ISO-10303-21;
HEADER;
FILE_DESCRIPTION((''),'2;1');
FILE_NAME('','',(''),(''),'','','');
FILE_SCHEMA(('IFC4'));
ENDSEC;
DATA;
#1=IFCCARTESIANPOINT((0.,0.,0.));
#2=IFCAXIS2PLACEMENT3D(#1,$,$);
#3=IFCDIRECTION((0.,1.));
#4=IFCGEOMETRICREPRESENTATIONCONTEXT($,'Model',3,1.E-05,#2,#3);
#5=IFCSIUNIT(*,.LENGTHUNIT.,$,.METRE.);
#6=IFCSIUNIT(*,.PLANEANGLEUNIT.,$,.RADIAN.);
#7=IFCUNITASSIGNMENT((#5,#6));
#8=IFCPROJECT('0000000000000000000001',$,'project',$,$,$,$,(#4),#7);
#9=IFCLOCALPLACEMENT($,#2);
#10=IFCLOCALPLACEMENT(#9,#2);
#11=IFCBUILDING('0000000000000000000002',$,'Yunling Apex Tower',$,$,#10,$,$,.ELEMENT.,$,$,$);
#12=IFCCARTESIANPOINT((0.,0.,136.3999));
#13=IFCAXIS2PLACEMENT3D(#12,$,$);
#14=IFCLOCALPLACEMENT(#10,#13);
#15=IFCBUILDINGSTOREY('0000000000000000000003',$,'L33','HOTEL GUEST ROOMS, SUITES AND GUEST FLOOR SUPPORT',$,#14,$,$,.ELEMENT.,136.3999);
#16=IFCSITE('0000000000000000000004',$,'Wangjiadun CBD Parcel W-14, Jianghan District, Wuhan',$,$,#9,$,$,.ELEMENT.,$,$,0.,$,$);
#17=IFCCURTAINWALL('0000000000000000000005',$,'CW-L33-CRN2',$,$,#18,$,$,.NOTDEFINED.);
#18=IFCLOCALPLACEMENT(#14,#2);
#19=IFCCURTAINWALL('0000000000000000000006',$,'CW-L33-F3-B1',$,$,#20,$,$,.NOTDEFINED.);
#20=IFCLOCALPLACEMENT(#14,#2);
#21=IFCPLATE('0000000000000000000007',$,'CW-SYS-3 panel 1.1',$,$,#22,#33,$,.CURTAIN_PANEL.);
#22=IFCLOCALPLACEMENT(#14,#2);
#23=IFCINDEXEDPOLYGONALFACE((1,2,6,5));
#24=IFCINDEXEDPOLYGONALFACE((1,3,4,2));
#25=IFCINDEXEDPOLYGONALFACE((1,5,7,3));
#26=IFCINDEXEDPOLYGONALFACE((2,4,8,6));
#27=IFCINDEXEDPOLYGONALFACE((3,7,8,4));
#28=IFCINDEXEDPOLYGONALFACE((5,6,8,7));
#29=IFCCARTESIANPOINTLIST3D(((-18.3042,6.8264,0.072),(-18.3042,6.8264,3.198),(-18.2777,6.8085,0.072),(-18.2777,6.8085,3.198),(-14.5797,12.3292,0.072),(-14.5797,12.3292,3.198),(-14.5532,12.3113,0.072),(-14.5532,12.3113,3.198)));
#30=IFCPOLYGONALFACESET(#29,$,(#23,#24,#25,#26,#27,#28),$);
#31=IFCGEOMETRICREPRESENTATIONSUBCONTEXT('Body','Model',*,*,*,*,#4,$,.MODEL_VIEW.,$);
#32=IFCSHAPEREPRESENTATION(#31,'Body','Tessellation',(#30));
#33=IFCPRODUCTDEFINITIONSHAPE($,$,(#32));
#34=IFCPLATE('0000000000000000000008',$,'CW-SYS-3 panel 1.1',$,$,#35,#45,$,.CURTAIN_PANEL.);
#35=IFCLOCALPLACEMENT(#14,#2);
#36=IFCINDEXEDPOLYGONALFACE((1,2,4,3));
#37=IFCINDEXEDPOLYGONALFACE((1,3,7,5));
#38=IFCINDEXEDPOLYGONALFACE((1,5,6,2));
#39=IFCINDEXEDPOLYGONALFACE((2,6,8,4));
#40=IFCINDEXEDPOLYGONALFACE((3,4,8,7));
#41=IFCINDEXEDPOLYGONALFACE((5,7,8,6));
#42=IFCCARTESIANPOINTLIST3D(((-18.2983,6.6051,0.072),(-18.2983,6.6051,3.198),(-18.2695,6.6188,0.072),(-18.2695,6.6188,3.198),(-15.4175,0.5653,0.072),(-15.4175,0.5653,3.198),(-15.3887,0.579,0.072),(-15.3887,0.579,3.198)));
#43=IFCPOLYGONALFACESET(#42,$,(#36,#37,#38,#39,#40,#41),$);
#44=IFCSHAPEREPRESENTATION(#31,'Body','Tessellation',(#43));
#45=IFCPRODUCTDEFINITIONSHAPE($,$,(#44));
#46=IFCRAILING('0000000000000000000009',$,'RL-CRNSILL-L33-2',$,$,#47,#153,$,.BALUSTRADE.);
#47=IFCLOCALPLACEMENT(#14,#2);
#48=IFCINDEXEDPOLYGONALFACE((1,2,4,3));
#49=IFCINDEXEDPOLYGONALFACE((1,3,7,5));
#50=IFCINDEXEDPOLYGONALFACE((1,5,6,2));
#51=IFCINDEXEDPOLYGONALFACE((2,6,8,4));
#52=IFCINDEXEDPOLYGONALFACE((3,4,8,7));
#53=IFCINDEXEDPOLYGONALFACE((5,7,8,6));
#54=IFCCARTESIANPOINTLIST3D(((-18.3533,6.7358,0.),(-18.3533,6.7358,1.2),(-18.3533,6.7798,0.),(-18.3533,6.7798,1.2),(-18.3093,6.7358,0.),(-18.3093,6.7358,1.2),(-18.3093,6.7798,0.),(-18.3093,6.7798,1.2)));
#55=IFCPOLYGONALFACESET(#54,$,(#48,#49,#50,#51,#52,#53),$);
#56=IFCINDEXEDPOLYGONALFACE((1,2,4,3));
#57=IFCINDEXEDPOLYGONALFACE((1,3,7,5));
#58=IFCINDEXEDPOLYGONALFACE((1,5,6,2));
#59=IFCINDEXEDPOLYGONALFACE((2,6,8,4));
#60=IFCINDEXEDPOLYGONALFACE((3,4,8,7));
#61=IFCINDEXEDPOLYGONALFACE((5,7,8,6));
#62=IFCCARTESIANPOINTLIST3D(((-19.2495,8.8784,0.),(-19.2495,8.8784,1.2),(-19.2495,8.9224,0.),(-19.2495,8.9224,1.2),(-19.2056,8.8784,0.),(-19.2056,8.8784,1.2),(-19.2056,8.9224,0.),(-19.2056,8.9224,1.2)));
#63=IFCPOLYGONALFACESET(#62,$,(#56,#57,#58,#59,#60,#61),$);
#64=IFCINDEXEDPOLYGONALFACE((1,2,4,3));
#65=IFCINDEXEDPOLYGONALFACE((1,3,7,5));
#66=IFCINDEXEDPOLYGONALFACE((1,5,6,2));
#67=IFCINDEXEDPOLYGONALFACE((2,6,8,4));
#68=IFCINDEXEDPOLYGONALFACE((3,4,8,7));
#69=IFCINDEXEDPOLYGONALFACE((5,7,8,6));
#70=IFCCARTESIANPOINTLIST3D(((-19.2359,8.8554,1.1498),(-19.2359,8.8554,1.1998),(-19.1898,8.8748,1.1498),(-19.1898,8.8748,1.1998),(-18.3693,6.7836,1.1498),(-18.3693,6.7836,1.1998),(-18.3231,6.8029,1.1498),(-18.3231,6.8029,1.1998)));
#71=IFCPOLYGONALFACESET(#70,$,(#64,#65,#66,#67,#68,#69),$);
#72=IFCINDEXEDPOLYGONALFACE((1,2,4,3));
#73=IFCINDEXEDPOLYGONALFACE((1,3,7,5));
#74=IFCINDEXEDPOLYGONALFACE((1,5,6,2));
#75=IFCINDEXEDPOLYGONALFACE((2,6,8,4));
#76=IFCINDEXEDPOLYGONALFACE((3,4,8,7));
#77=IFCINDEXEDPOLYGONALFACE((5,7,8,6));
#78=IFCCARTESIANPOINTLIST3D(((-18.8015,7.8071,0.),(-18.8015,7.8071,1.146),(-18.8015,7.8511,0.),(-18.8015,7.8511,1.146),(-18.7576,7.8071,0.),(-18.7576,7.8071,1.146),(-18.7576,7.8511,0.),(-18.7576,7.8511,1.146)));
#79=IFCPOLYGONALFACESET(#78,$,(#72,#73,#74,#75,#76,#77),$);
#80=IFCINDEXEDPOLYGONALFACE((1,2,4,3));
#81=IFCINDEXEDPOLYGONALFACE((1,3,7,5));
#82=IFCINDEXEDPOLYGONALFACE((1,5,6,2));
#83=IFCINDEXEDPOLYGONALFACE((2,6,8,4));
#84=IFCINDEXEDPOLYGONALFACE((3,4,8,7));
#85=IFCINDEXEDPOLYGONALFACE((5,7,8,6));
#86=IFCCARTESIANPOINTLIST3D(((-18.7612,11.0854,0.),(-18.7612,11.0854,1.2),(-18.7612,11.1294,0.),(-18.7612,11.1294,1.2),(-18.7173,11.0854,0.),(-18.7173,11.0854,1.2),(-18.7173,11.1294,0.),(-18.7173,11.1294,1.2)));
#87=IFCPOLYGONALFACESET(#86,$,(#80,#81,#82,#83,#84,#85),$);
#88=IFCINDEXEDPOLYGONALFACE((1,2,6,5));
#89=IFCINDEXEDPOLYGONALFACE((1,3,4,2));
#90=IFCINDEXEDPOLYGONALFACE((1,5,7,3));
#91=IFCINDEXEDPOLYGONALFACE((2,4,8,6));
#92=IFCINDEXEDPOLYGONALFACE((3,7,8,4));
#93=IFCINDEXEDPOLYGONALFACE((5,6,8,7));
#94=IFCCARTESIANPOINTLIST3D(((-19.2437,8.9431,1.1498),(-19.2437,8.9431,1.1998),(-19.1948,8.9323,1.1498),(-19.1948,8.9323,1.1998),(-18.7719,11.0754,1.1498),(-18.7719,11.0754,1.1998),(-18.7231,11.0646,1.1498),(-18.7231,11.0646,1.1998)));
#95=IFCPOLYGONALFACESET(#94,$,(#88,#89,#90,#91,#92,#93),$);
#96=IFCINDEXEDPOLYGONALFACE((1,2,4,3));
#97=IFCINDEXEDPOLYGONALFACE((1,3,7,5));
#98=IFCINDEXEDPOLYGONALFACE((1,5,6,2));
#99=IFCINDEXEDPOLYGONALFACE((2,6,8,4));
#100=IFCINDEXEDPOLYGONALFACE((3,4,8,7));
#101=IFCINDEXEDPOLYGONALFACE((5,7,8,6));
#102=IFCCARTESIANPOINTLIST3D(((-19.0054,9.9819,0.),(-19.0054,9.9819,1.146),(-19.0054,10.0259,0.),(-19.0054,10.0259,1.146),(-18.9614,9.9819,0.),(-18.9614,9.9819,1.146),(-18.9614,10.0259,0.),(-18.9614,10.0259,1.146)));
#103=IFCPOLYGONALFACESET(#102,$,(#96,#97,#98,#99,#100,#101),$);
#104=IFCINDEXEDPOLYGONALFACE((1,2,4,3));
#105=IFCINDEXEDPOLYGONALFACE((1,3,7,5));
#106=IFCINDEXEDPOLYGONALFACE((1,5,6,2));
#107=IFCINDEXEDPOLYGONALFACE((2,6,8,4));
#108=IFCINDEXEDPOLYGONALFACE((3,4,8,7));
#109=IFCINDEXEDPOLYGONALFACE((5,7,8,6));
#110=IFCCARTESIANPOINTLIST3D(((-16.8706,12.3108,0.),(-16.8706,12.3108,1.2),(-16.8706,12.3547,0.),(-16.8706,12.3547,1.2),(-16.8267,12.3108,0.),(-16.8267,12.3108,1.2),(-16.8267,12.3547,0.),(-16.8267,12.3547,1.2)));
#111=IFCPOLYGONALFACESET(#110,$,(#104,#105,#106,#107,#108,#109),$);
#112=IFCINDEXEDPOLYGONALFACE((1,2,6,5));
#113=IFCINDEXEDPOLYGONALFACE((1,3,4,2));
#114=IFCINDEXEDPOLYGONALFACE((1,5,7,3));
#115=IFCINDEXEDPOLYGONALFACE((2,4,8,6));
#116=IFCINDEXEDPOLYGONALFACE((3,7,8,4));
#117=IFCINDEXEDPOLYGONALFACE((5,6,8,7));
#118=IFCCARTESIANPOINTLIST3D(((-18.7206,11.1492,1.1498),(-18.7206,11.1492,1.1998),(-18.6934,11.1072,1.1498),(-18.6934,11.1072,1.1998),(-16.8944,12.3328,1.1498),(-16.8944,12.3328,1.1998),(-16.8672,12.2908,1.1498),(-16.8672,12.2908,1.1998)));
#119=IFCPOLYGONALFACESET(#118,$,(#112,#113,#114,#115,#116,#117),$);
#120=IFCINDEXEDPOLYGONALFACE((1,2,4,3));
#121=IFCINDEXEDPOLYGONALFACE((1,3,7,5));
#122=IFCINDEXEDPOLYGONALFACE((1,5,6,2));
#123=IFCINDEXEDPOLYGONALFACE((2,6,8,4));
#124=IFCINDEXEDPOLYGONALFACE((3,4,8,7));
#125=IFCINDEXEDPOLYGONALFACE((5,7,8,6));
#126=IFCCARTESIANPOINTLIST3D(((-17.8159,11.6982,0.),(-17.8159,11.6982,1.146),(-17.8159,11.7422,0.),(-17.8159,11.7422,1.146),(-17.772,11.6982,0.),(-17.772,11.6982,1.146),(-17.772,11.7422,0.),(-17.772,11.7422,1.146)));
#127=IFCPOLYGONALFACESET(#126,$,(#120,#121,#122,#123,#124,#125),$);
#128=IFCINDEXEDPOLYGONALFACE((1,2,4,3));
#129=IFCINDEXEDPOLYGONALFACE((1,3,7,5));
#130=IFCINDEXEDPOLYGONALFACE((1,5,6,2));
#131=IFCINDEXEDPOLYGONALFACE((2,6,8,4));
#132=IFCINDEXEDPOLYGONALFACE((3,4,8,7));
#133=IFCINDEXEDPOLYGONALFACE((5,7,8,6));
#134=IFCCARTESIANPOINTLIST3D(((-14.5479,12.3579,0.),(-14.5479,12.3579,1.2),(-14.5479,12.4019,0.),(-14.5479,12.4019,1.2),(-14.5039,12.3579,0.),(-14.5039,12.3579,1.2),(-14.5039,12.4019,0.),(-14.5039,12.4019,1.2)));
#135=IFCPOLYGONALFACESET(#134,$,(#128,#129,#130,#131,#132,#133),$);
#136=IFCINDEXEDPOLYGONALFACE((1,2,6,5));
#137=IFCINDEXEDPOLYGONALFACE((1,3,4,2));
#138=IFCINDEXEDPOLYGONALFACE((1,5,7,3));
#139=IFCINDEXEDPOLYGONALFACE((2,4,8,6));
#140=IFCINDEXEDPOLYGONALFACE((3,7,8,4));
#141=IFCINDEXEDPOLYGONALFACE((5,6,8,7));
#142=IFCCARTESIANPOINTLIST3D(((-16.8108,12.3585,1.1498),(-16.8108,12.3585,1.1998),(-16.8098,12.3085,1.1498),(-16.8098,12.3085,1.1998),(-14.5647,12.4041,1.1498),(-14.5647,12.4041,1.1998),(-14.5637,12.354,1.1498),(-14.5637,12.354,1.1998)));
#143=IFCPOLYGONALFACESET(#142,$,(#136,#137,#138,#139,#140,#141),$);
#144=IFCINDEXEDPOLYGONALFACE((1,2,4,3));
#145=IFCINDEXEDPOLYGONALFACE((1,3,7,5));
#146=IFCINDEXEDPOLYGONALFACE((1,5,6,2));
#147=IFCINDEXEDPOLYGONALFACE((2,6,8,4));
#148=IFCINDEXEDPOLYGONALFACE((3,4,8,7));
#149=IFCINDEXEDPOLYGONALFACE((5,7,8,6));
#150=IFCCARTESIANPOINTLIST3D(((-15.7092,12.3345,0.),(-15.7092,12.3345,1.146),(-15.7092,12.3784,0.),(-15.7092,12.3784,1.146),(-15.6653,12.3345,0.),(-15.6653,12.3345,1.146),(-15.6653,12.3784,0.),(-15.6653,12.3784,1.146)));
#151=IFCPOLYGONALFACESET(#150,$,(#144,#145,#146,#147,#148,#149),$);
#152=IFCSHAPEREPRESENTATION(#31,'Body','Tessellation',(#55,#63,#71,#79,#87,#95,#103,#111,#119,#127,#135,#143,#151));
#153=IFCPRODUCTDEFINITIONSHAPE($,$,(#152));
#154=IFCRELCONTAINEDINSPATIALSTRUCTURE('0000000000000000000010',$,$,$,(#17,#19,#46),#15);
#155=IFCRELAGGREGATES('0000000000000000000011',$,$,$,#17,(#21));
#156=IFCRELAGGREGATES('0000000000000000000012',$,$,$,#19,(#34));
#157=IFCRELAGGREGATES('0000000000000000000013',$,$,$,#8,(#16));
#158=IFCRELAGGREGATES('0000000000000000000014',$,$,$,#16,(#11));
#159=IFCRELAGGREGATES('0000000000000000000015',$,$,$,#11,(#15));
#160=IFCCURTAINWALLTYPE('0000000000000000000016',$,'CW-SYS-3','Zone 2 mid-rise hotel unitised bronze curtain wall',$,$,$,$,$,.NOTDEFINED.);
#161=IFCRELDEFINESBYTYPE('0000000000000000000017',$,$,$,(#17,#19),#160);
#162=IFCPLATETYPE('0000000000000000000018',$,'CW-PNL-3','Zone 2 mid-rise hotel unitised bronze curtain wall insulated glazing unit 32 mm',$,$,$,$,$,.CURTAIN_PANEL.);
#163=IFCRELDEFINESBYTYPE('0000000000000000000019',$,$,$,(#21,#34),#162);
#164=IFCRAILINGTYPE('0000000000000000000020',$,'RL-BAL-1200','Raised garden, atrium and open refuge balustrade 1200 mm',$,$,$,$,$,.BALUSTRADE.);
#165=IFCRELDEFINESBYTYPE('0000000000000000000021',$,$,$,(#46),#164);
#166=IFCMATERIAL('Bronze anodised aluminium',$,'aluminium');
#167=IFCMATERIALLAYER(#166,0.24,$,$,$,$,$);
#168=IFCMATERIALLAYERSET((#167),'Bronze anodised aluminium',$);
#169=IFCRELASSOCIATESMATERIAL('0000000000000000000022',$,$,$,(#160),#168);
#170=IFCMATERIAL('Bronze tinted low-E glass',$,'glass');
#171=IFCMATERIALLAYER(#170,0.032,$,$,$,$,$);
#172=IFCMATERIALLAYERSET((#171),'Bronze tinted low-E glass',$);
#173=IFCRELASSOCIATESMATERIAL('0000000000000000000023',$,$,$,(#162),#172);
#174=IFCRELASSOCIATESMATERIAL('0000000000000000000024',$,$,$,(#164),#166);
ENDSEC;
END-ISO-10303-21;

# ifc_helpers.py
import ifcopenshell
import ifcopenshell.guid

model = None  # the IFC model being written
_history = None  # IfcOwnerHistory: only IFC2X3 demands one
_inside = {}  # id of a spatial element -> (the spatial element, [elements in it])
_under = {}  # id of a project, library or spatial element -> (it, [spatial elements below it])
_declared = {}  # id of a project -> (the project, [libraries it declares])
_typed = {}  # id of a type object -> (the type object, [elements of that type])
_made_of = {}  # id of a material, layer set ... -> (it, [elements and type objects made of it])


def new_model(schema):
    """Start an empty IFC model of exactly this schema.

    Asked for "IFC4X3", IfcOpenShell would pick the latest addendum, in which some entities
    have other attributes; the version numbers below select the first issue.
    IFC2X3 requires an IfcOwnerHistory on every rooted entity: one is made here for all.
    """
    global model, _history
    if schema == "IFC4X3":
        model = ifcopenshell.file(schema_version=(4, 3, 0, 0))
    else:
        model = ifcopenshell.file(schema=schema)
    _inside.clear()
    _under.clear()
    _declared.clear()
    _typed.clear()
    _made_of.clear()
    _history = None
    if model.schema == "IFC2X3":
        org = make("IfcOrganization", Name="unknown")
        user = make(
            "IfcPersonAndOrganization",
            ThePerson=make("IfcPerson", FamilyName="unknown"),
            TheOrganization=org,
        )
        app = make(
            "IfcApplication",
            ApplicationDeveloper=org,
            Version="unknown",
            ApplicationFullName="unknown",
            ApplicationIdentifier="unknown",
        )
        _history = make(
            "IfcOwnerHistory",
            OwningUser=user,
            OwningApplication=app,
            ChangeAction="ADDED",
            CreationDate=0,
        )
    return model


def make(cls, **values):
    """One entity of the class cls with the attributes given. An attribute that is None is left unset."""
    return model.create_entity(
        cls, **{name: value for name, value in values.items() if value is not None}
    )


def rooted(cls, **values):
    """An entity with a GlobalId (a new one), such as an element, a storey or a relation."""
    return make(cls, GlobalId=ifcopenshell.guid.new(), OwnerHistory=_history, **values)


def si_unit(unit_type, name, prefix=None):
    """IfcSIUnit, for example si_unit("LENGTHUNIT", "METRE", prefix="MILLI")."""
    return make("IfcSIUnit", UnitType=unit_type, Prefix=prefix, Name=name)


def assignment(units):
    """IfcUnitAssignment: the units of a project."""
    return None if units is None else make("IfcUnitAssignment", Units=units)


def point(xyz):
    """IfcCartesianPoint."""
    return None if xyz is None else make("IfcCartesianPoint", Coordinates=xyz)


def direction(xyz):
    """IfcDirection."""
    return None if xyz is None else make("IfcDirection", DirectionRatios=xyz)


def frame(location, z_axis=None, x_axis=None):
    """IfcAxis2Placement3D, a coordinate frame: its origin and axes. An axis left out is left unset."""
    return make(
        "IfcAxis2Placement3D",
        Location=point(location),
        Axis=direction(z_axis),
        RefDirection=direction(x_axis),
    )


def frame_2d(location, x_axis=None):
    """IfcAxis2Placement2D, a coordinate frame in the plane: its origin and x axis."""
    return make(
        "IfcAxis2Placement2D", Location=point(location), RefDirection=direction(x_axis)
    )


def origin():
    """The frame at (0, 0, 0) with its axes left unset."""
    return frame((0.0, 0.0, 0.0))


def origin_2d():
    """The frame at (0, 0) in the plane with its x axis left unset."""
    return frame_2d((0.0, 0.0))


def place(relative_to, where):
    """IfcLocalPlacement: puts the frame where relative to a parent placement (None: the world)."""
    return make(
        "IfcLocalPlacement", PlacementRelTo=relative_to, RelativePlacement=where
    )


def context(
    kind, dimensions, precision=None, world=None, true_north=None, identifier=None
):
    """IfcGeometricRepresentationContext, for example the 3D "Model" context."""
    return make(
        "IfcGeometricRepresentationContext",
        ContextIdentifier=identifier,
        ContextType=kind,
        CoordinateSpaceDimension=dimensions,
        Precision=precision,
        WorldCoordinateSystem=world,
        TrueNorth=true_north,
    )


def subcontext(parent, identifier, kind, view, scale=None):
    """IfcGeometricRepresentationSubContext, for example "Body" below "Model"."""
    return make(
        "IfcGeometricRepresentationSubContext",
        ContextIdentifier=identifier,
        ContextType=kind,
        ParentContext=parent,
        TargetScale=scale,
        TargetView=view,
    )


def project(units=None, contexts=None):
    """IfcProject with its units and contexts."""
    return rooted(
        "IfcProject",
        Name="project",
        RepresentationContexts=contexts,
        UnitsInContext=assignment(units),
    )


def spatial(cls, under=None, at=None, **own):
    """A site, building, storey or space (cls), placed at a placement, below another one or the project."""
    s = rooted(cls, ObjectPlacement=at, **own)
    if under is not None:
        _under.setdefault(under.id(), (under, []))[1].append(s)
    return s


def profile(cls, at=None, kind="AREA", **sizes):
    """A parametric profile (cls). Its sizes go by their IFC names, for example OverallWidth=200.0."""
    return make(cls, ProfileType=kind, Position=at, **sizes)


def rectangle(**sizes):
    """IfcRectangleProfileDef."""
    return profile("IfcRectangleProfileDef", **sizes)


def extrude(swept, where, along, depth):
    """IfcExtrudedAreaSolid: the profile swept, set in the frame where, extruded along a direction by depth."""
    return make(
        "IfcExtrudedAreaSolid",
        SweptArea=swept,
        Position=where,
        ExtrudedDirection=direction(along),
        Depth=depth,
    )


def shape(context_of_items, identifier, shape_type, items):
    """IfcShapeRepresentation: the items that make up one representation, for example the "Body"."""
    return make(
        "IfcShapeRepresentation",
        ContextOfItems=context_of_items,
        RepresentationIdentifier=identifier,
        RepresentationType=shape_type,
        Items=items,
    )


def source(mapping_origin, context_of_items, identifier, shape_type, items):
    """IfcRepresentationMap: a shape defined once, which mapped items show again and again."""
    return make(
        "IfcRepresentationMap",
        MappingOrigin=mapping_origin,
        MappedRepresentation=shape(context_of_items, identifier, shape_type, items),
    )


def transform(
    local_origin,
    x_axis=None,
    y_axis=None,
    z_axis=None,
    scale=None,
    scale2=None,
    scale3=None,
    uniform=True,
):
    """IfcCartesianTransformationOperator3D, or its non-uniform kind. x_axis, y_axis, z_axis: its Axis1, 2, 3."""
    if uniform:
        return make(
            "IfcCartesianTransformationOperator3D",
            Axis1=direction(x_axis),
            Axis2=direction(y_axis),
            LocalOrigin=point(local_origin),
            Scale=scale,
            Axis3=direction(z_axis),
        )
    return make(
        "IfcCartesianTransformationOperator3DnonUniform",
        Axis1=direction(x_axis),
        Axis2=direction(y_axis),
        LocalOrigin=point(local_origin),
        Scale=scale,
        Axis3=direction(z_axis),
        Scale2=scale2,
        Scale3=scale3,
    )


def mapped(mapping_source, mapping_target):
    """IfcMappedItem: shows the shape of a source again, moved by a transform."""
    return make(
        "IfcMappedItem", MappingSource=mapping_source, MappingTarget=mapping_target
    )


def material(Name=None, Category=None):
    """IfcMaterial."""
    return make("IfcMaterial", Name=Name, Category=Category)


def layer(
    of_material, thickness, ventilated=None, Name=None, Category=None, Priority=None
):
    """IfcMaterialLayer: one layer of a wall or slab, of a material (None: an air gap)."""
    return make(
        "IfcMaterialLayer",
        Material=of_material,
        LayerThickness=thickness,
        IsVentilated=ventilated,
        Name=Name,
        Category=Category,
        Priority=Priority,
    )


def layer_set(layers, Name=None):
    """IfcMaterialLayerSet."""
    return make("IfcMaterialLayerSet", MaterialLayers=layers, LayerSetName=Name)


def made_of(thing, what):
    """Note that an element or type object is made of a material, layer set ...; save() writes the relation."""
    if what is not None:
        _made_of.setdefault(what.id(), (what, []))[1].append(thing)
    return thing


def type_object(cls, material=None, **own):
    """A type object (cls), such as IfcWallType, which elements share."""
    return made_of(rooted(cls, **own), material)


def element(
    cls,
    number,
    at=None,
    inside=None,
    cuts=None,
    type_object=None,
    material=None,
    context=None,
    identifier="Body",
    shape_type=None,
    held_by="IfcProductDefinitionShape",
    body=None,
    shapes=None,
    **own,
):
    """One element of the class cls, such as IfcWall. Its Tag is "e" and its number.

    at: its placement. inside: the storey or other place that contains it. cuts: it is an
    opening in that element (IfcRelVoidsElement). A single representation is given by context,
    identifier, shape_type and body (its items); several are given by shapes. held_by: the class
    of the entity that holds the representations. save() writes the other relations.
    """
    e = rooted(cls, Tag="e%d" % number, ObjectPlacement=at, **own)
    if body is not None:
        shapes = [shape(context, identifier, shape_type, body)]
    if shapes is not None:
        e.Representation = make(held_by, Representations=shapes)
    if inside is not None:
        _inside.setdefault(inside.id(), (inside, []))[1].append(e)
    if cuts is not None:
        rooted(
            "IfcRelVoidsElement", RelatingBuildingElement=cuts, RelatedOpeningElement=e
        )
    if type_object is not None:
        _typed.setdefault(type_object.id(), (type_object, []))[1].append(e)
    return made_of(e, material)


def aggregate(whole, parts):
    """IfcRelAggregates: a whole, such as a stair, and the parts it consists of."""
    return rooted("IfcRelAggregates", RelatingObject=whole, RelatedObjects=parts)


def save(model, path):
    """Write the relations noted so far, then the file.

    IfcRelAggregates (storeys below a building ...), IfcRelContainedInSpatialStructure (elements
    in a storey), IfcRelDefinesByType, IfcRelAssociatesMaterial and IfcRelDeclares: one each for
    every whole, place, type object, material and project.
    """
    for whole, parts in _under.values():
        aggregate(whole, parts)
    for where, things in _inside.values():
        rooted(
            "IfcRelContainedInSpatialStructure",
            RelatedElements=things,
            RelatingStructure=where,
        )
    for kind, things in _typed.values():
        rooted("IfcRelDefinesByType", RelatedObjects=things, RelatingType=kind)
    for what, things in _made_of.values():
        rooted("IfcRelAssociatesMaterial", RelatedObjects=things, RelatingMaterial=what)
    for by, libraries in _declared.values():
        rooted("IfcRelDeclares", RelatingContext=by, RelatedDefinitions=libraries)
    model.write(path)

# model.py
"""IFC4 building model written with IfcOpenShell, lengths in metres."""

from ifc_helpers import new_model, si_unit, direction, frame, origin, origin_2d, place, context, subcontext, project, spatial, rectangle, extrude, source, transform, mapped, material, layer, layer_set, type_object, element, aggregate, save


model = new_model("IFC4")

# Units and contexts
model_context = context("Model", 3, precision=1e-05, world=origin(), true_north=direction((0.0, 1.0)))
body_context = subcontext(model_context, "Body", "Model", "MODEL_VIEW")
ifc_project = project(units=[si_unit("LENGTHUNIT", "METRE"), si_unit("PLANEANGLEUNIT", "RADIAN")], contexts=[model_context])

# Site, building, storey
site_placement = place(None, origin())
site = spatial("IfcSite", under=ifc_project, at=site_placement, Name="Wangjiadun CBD Parcel W-14, Jianghan District, Wuhan", CompositionType="ELEMENT", RefElevation=0.0)
building_placement = place(site_placement, origin())
building = spatial("IfcBuilding", under=site, at=building_placement, Name="Yunling Apex Tower", CompositionType="ELEMENT")
storey_placement = place(building_placement, frame((0.0, 0.0, 136.3999)))
storey = spatial("IfcBuildingStorey", under=building, at=storey_placement, Name="L33", Description="HOTEL GUEST ROOMS, SUITES AND GUEST FLOOR SUPPORT", CompositionType="ELEMENT", Elevation=136.3999)

# Curtain walls
ifc_material_1 = material(Name="Bronze anodised aluminium", Category="aluminium")
ifc_layer_1 = layer(ifc_material_1, 0.24)
ifc_layer_set_1 = layer_set([ifc_layer_1], Name="Bronze anodised aluminium")
curtain_wall_type = type_object("IfcCurtainWallType", Name="CW-SYS-3", Description="Zone 2 mid-rise hotel unitised bronze curtain wall", PredefinedType="NOTDEFINED", material=ifc_layer_set_1)
curtain_wall_1_placement = place(storey_placement, origin())
curtain_wall_1 = element("IfcCurtainWall", 1, at=curtain_wall_1_placement, inside=storey, type_object=curtain_wall_type, Name="CW-L33-CRN2", PredefinedType="NOTDEFINED")
curtain_wall_2_placement = place(storey_placement, origin())
curtain_wall_2 = element("IfcCurtainWall", 2, at=curtain_wall_2_placement, inside=storey, type_object=curtain_wall_type, Name="CW-L33-F3-B1", PredefinedType="NOTDEFINED")

# Plates
ifc_material_2 = material(Name="Bronze tinted low-E glass", Category="glass")
ifc_layer_2 = layer(ifc_material_2, 0.032)
ifc_layer_set_2 = layer_set([ifc_layer_2], Name="Bronze tinted low-E glass")
plate_type = type_object("IfcPlateType", Name="CW-PNL-3", Description="Zone 2 mid-rise hotel unitised bronze curtain wall insulated glazing unit 32 mm", PredefinedType="CURTAIN_PANEL", material=ifc_layer_set_2)
shared_shape_1 = source(origin(), body_context, "Body", "SweptSolid", [
    extrude(rectangle(XDim=6.6448, YDim=0.032, at=origin_2d()), origin(), (0.0, 0.0, 1.0), 3.126),
])
plate_1_placement = place(storey_placement, frame((-16.4287, 9.5688, 0.072), z_axis=(0.0, 0.0, 1.0), x_axis=(-0.560523, -0.828139, 0.0)))
plate_1 = element("IfcPlate", 3, at=plate_1_placement, type_object=plate_type, Name="CW-SYS-3 panel 1.1", PredefinedType="CURTAIN_PANEL", context=body_context, shape_type="MappedRepresentation", body=[
    mapped(shared_shape_1, transform((0.0, 0.0, 0.0), scale=1.0)),
])
aggregate(curtain_wall_1, [plate_1])
shared_shape_2 = source(origin(), body_context, "Body", "SweptSolid", [
    extrude(rectangle(XDim=6.6917, YDim=0.032, at=origin_2d()), origin(), (0.0, 0.0, 1.0), 3.126),
])
plate_2_placement = place(storey_placement, frame((-16.8435, 3.592, 0.072), z_axis=(0.0, 0.0, 1.0), x_axis=(0.430506, -0.902588, 0.0)))
plate_2 = element("IfcPlate", 4, at=plate_2_placement, type_object=plate_type, Name="CW-SYS-3 panel 1.1", PredefinedType="CURTAIN_PANEL", context=body_context, shape_type="MappedRepresentation", body=[
    mapped(shared_shape_2, transform((0.0, 0.0, 0.0), scale=1.0)),
])
aggregate(curtain_wall_2, [plate_2])

# Railing
railing_type = type_object("IfcRailingType", Name="RL-BAL-1200", Description="Raised garden, atrium and open refuge balustrade 1200 mm", PredefinedType="BALUSTRADE", material=ifc_material_1)
railing_placement = place(storey_placement, frame((-18.3313, 6.7578, 0.0)))
element("IfcRailing", 5, at=railing_placement, inside=storey, type_object=railing_type, Name="RL-CRNSILL-L33-2", PredefinedType="BALUSTRADE", context=body_context, shape_type="SweptSolid", body=[
    extrude(rectangle(XDim=0.0439, YDim=0.0439, at=origin_2d()), origin(), (0.0, 0.0, 1.0), 1.2),
    extrude(rectangle(XDim=0.0439, YDim=0.0439, at=origin_2d()), frame((-0.8962, 2.1426, 0.0)), (0.0, 0.0, 1.0), 1.2),
    extrude(rectangle(XDim=0.05, YDim=0.05, at=origin_2d()), frame((-0.0149, 0.0354, 1.1748), z_axis=(-0.385899, 0.922541, 0.0), x_axis=(-0.922541, -0.385899, 0.0)), (0.0, 0.0, 1.0), 2.2458),
    extrude(rectangle(XDim=0.0439, YDim=0.0439, at=origin_2d()), frame((-0.4482, 1.0713, 0.0)), (0.0, 0.0, 1.0), 1.146),
    extrude(rectangle(XDim=0.0439, YDim=0.0439, at=origin_2d()), frame((-0.408, 4.3496, 0.0)), (0.0, 0.0, 1.0), 1.2),
    extrude(rectangle(XDim=0.05, YDim=0.05, at=origin_2d()), frame((-0.8879, 2.1799, 1.1748), z_axis=(0.216015, 0.97639, 0.0), x_axis=(-0.97639, 0.216015, 0.0)), (0.0, 0.0, 1.0), 2.1838),
    extrude(rectangle(XDim=0.0439, YDim=0.0439, at=origin_2d()), frame((-0.6521, 3.2461, 0.0)), (0.0, 0.0, 1.0), 1.146),
    extrude(rectangle(XDim=0.0439, YDim=0.0439, at=origin_2d()), frame((1.4827, 5.575, 0.0)), (0.0, 0.0, 1.0), 1.2),
    extrude(rectangle(XDim=0.05, YDim=0.05, at=origin_2d()), frame((-0.3757, 4.3704, 1.1748), z_axis=(0.839166, 0.543876, 0.0), x_axis=(-0.543876, 0.839166, 0.0)), (0.0, 0.0, 1.0), 2.1763),
    extrude(rectangle(XDim=0.0439, YDim=0.0439, at=origin_2d()), frame((0.5374, 4.9624, 0.0)), (0.0, 0.0, 1.0), 1.146),
    extrude(rectangle(XDim=0.0439, YDim=0.0439, at=origin_2d()), frame((3.8054, 5.6221, 0.0)), (0.0, 0.0, 1.0), 1.2),
    extrude(rectangle(XDim=0.05, YDim=0.05, at=origin_2d()), frame((1.521, 5.5757, 1.1748), z_axis=(0.999794, 0.020282, 0.0), x_axis=(-0.020282, 0.999794, 0.0)), (0.0, 0.0, 1.0), 2.2466),
    extrude(rectangle(XDim=0.0439, YDim=0.0439, at=origin_2d()), frame((2.644, 5.5986, 0.0)), (0.0, 0.0, 1.0), 1.146),
])

save(model, "model.ifc")
